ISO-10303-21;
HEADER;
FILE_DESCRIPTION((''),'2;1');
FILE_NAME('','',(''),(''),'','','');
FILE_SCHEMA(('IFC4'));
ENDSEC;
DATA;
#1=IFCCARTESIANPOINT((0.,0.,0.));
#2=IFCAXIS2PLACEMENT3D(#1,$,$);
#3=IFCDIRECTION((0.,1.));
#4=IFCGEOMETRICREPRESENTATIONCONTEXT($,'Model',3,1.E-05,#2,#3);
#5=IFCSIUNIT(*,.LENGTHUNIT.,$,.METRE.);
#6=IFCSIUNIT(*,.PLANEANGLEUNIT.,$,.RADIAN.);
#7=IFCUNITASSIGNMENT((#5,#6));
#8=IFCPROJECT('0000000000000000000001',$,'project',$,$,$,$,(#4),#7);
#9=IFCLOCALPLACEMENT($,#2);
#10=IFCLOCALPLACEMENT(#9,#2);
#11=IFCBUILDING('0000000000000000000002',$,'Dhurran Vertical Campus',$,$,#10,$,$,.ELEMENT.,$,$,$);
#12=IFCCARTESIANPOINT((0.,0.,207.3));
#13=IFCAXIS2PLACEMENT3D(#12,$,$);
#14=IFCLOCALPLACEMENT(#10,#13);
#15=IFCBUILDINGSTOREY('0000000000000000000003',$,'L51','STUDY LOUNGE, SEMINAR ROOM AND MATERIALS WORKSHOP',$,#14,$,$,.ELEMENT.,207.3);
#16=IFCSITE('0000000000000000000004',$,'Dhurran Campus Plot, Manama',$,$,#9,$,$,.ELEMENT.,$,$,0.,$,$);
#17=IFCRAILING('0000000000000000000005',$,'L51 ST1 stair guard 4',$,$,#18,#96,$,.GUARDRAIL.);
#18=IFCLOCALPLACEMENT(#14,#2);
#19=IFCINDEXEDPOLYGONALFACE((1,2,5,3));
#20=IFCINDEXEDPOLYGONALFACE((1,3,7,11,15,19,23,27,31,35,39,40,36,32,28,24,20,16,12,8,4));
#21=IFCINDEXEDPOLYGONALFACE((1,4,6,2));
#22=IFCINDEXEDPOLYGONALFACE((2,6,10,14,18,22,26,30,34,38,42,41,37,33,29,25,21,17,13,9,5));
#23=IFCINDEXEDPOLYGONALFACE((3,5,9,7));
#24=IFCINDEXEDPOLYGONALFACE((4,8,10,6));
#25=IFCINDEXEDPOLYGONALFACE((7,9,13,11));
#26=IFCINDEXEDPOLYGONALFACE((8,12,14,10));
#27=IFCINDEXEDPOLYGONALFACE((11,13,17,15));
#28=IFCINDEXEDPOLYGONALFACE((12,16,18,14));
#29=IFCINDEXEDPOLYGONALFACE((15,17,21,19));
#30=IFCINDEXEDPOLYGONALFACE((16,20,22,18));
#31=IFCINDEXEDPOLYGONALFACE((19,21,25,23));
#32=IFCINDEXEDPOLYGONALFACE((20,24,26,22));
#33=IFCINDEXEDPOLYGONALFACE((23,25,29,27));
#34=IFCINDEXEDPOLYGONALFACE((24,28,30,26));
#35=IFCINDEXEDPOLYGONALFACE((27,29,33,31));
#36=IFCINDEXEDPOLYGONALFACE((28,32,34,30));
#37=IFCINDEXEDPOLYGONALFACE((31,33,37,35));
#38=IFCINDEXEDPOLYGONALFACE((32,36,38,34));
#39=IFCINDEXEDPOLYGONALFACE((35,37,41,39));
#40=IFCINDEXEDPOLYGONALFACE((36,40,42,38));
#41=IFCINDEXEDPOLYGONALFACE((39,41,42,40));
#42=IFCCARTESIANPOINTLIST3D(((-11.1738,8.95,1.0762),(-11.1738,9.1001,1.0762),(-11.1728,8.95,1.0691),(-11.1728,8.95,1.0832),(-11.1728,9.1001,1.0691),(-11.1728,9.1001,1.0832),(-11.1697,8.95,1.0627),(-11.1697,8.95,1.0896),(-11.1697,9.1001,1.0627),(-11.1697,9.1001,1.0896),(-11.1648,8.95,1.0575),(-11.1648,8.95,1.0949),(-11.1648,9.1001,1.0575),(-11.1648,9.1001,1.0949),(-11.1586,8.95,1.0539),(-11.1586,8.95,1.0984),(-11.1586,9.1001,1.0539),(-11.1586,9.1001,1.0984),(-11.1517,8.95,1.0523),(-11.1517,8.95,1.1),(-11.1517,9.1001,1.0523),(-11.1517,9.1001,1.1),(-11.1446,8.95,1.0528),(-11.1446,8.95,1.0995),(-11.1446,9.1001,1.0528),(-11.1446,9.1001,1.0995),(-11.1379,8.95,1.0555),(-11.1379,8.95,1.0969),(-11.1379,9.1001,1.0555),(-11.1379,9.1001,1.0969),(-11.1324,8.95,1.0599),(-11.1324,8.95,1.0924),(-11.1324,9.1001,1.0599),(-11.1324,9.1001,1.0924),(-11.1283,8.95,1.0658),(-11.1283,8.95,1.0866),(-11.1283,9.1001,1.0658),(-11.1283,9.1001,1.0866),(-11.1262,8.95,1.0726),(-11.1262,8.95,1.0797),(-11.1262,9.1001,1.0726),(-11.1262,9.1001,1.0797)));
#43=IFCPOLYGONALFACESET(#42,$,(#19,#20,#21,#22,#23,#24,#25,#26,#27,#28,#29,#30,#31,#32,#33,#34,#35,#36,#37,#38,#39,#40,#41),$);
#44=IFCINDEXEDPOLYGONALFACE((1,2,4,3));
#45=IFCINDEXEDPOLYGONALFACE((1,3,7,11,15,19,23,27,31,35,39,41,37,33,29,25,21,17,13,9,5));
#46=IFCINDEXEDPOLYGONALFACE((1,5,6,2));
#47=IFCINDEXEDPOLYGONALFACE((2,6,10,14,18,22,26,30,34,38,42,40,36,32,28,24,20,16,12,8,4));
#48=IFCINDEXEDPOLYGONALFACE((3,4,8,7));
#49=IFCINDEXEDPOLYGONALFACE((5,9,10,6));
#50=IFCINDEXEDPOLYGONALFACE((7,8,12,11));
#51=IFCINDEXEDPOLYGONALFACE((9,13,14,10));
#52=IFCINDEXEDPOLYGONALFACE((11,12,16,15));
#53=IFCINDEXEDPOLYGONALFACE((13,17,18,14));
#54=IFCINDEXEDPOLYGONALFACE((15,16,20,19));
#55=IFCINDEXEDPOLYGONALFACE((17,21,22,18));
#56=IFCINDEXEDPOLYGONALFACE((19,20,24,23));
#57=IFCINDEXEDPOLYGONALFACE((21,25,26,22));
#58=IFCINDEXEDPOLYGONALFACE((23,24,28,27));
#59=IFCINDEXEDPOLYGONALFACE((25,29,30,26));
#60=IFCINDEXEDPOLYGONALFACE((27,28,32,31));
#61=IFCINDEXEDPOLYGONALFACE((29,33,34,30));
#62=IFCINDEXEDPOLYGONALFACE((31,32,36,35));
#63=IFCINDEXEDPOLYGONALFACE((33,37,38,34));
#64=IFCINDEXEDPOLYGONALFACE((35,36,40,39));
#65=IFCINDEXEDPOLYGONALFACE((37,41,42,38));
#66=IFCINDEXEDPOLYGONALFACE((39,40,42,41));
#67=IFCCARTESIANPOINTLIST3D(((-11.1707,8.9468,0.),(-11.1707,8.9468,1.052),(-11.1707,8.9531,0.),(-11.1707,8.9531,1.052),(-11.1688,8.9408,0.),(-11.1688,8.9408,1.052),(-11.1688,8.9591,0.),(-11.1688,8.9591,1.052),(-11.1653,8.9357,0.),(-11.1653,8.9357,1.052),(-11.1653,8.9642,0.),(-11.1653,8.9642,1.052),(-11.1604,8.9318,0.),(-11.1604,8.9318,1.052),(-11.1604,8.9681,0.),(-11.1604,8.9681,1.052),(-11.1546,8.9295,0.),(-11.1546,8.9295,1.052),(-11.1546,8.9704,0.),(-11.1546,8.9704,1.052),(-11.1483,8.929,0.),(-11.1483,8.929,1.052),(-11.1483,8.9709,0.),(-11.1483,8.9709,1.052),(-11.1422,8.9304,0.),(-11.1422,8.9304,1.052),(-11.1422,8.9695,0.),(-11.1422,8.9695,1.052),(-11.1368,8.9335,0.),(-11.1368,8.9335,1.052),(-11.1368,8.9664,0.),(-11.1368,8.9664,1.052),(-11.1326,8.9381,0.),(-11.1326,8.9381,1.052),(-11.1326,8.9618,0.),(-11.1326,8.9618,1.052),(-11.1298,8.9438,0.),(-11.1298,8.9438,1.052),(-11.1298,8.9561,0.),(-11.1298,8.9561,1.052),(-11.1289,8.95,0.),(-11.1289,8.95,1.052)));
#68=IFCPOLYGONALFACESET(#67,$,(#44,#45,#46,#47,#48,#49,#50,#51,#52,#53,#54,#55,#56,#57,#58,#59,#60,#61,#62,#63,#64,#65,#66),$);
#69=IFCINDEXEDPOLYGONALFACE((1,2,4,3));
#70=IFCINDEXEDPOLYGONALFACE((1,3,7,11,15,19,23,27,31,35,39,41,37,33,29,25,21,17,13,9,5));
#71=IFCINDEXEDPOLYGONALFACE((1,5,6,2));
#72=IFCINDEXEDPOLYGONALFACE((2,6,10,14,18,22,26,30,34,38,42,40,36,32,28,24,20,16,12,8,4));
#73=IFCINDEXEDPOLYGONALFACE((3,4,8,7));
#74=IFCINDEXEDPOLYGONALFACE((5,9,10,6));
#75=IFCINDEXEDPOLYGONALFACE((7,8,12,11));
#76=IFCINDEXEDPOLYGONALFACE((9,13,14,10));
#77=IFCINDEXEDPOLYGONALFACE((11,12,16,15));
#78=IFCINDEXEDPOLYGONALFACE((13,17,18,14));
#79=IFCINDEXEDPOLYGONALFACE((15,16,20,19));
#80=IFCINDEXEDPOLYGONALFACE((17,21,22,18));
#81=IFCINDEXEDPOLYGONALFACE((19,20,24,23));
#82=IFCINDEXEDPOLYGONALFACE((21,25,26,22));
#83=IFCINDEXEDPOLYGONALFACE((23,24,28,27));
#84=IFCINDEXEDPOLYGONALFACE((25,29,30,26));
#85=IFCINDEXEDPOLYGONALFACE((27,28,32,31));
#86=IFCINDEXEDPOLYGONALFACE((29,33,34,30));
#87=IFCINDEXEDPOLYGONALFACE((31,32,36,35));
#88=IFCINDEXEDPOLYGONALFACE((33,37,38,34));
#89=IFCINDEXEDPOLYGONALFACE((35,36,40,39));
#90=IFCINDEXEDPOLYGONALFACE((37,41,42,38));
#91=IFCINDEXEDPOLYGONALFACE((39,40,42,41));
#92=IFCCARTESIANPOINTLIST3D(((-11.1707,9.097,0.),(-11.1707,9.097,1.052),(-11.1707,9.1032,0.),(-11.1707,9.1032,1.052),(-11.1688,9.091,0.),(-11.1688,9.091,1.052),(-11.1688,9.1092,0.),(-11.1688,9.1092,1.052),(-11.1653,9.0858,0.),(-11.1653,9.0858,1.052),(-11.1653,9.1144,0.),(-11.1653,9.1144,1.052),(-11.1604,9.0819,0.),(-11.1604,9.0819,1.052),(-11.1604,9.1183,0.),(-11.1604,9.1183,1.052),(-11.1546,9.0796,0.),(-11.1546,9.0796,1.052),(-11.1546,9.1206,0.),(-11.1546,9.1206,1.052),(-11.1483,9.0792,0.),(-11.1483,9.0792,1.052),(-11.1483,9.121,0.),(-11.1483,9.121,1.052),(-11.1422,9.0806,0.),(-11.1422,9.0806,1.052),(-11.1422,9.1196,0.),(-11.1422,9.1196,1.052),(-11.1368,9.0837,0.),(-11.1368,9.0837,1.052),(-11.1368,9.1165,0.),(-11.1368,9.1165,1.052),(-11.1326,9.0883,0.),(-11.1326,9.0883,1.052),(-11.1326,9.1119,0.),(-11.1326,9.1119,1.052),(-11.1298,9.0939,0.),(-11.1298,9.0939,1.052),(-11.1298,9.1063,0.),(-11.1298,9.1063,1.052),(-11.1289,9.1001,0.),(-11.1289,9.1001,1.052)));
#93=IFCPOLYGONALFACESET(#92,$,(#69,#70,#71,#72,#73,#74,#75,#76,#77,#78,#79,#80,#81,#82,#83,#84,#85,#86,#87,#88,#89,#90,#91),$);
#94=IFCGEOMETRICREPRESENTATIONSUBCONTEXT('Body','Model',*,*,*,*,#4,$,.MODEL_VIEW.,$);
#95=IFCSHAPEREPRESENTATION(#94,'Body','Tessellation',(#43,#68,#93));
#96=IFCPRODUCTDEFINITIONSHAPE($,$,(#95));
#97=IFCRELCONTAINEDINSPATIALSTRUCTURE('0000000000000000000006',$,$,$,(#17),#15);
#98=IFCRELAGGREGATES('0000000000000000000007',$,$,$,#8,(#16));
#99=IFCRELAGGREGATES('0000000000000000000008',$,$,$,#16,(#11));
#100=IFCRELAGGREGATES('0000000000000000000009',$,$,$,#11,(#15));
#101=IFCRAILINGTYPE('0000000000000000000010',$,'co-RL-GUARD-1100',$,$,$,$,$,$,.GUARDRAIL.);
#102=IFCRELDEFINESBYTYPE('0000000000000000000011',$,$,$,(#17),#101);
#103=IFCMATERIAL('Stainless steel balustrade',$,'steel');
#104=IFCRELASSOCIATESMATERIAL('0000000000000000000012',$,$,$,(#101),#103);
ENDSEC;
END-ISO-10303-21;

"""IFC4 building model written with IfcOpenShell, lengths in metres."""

from ifc_helpers import new_model, si_unit, direction, frame, origin, origin_2d, place, context, subcontext, project, spatial, circle, extrude, material, type_object, element, save


model = new_model("IFC4")

# Units and contexts
model_context = context("Model", 3, precision=1e-05, world=origin(), true_north=direction((0.0, 1.0)))
body_context = subcontext(model_context, "Body", "Model", "MODEL_VIEW")
ifc_project = project(units=[si_unit("LENGTHUNIT", "METRE"), si_unit("PLANEANGLEUNIT", "RADIAN")], contexts=[model_context])

# Site, building, storey
site_placement = place(None, origin())
site = spatial("IfcSite", under=ifc_project, at=site_placement, Name="Dhurran Campus Plot, Manama", CompositionType="ELEMENT", RefElevation=0.0)
building_placement = place(site_placement, origin())
building = spatial("IfcBuilding", under=site, at=building_placement, Name="Dhurran Vertical Campus", CompositionType="ELEMENT")
storey_placement = place(building_placement, frame((0.0, 0.0, 207.3)))
storey = spatial("IfcBuildingStorey", under=building, at=storey_placement, Name="L51", Description="STUDY LOUNGE, SEMINAR ROOM AND MATERIALS WORKSHOP", CompositionType="ELEMENT", Elevation=207.3)

# Railing
ifc_material_1 = material(Name="Stainless steel balustrade", Category="steel")
railing_type_1 = type_object("IfcRailingType", Name="co-RL-GUARD-1100", PredefinedType="GUARDRAIL", material=ifc_material_1)
railing_1_placement = place(storey_placement, frame((-11.1499, 8.95, 0.0)))
element("IfcRailing", 1, at=railing_1_placement, inside=storey, type_object=railing_type_1, Name="L51 ST1 stair guard 4", PredefinedType="GUARDRAIL", context=body_context, shape_type="SweptSolid", body=[
    extrude(circle(Radius=0.0239, at=origin_2d()), frame((0.0, 0.0, 1.0762), z_axis=(0.0, 1.0, 0.0), x_axis=(-1.0, 0.0, 0.0)), (0.0, 0.0, 1.0), 0.1501),
    extrude(circle(Radius=0.021, at=origin_2d()), origin(), (0.0, 0.0, 1.0), 1.052),
    extrude(circle(Radius=0.021, at=origin_2d()), frame((0.0, 0.1501, 0.0)), (0.0, 0.0, 1.0), 1.052),
])

save(model, "model.ifc")
